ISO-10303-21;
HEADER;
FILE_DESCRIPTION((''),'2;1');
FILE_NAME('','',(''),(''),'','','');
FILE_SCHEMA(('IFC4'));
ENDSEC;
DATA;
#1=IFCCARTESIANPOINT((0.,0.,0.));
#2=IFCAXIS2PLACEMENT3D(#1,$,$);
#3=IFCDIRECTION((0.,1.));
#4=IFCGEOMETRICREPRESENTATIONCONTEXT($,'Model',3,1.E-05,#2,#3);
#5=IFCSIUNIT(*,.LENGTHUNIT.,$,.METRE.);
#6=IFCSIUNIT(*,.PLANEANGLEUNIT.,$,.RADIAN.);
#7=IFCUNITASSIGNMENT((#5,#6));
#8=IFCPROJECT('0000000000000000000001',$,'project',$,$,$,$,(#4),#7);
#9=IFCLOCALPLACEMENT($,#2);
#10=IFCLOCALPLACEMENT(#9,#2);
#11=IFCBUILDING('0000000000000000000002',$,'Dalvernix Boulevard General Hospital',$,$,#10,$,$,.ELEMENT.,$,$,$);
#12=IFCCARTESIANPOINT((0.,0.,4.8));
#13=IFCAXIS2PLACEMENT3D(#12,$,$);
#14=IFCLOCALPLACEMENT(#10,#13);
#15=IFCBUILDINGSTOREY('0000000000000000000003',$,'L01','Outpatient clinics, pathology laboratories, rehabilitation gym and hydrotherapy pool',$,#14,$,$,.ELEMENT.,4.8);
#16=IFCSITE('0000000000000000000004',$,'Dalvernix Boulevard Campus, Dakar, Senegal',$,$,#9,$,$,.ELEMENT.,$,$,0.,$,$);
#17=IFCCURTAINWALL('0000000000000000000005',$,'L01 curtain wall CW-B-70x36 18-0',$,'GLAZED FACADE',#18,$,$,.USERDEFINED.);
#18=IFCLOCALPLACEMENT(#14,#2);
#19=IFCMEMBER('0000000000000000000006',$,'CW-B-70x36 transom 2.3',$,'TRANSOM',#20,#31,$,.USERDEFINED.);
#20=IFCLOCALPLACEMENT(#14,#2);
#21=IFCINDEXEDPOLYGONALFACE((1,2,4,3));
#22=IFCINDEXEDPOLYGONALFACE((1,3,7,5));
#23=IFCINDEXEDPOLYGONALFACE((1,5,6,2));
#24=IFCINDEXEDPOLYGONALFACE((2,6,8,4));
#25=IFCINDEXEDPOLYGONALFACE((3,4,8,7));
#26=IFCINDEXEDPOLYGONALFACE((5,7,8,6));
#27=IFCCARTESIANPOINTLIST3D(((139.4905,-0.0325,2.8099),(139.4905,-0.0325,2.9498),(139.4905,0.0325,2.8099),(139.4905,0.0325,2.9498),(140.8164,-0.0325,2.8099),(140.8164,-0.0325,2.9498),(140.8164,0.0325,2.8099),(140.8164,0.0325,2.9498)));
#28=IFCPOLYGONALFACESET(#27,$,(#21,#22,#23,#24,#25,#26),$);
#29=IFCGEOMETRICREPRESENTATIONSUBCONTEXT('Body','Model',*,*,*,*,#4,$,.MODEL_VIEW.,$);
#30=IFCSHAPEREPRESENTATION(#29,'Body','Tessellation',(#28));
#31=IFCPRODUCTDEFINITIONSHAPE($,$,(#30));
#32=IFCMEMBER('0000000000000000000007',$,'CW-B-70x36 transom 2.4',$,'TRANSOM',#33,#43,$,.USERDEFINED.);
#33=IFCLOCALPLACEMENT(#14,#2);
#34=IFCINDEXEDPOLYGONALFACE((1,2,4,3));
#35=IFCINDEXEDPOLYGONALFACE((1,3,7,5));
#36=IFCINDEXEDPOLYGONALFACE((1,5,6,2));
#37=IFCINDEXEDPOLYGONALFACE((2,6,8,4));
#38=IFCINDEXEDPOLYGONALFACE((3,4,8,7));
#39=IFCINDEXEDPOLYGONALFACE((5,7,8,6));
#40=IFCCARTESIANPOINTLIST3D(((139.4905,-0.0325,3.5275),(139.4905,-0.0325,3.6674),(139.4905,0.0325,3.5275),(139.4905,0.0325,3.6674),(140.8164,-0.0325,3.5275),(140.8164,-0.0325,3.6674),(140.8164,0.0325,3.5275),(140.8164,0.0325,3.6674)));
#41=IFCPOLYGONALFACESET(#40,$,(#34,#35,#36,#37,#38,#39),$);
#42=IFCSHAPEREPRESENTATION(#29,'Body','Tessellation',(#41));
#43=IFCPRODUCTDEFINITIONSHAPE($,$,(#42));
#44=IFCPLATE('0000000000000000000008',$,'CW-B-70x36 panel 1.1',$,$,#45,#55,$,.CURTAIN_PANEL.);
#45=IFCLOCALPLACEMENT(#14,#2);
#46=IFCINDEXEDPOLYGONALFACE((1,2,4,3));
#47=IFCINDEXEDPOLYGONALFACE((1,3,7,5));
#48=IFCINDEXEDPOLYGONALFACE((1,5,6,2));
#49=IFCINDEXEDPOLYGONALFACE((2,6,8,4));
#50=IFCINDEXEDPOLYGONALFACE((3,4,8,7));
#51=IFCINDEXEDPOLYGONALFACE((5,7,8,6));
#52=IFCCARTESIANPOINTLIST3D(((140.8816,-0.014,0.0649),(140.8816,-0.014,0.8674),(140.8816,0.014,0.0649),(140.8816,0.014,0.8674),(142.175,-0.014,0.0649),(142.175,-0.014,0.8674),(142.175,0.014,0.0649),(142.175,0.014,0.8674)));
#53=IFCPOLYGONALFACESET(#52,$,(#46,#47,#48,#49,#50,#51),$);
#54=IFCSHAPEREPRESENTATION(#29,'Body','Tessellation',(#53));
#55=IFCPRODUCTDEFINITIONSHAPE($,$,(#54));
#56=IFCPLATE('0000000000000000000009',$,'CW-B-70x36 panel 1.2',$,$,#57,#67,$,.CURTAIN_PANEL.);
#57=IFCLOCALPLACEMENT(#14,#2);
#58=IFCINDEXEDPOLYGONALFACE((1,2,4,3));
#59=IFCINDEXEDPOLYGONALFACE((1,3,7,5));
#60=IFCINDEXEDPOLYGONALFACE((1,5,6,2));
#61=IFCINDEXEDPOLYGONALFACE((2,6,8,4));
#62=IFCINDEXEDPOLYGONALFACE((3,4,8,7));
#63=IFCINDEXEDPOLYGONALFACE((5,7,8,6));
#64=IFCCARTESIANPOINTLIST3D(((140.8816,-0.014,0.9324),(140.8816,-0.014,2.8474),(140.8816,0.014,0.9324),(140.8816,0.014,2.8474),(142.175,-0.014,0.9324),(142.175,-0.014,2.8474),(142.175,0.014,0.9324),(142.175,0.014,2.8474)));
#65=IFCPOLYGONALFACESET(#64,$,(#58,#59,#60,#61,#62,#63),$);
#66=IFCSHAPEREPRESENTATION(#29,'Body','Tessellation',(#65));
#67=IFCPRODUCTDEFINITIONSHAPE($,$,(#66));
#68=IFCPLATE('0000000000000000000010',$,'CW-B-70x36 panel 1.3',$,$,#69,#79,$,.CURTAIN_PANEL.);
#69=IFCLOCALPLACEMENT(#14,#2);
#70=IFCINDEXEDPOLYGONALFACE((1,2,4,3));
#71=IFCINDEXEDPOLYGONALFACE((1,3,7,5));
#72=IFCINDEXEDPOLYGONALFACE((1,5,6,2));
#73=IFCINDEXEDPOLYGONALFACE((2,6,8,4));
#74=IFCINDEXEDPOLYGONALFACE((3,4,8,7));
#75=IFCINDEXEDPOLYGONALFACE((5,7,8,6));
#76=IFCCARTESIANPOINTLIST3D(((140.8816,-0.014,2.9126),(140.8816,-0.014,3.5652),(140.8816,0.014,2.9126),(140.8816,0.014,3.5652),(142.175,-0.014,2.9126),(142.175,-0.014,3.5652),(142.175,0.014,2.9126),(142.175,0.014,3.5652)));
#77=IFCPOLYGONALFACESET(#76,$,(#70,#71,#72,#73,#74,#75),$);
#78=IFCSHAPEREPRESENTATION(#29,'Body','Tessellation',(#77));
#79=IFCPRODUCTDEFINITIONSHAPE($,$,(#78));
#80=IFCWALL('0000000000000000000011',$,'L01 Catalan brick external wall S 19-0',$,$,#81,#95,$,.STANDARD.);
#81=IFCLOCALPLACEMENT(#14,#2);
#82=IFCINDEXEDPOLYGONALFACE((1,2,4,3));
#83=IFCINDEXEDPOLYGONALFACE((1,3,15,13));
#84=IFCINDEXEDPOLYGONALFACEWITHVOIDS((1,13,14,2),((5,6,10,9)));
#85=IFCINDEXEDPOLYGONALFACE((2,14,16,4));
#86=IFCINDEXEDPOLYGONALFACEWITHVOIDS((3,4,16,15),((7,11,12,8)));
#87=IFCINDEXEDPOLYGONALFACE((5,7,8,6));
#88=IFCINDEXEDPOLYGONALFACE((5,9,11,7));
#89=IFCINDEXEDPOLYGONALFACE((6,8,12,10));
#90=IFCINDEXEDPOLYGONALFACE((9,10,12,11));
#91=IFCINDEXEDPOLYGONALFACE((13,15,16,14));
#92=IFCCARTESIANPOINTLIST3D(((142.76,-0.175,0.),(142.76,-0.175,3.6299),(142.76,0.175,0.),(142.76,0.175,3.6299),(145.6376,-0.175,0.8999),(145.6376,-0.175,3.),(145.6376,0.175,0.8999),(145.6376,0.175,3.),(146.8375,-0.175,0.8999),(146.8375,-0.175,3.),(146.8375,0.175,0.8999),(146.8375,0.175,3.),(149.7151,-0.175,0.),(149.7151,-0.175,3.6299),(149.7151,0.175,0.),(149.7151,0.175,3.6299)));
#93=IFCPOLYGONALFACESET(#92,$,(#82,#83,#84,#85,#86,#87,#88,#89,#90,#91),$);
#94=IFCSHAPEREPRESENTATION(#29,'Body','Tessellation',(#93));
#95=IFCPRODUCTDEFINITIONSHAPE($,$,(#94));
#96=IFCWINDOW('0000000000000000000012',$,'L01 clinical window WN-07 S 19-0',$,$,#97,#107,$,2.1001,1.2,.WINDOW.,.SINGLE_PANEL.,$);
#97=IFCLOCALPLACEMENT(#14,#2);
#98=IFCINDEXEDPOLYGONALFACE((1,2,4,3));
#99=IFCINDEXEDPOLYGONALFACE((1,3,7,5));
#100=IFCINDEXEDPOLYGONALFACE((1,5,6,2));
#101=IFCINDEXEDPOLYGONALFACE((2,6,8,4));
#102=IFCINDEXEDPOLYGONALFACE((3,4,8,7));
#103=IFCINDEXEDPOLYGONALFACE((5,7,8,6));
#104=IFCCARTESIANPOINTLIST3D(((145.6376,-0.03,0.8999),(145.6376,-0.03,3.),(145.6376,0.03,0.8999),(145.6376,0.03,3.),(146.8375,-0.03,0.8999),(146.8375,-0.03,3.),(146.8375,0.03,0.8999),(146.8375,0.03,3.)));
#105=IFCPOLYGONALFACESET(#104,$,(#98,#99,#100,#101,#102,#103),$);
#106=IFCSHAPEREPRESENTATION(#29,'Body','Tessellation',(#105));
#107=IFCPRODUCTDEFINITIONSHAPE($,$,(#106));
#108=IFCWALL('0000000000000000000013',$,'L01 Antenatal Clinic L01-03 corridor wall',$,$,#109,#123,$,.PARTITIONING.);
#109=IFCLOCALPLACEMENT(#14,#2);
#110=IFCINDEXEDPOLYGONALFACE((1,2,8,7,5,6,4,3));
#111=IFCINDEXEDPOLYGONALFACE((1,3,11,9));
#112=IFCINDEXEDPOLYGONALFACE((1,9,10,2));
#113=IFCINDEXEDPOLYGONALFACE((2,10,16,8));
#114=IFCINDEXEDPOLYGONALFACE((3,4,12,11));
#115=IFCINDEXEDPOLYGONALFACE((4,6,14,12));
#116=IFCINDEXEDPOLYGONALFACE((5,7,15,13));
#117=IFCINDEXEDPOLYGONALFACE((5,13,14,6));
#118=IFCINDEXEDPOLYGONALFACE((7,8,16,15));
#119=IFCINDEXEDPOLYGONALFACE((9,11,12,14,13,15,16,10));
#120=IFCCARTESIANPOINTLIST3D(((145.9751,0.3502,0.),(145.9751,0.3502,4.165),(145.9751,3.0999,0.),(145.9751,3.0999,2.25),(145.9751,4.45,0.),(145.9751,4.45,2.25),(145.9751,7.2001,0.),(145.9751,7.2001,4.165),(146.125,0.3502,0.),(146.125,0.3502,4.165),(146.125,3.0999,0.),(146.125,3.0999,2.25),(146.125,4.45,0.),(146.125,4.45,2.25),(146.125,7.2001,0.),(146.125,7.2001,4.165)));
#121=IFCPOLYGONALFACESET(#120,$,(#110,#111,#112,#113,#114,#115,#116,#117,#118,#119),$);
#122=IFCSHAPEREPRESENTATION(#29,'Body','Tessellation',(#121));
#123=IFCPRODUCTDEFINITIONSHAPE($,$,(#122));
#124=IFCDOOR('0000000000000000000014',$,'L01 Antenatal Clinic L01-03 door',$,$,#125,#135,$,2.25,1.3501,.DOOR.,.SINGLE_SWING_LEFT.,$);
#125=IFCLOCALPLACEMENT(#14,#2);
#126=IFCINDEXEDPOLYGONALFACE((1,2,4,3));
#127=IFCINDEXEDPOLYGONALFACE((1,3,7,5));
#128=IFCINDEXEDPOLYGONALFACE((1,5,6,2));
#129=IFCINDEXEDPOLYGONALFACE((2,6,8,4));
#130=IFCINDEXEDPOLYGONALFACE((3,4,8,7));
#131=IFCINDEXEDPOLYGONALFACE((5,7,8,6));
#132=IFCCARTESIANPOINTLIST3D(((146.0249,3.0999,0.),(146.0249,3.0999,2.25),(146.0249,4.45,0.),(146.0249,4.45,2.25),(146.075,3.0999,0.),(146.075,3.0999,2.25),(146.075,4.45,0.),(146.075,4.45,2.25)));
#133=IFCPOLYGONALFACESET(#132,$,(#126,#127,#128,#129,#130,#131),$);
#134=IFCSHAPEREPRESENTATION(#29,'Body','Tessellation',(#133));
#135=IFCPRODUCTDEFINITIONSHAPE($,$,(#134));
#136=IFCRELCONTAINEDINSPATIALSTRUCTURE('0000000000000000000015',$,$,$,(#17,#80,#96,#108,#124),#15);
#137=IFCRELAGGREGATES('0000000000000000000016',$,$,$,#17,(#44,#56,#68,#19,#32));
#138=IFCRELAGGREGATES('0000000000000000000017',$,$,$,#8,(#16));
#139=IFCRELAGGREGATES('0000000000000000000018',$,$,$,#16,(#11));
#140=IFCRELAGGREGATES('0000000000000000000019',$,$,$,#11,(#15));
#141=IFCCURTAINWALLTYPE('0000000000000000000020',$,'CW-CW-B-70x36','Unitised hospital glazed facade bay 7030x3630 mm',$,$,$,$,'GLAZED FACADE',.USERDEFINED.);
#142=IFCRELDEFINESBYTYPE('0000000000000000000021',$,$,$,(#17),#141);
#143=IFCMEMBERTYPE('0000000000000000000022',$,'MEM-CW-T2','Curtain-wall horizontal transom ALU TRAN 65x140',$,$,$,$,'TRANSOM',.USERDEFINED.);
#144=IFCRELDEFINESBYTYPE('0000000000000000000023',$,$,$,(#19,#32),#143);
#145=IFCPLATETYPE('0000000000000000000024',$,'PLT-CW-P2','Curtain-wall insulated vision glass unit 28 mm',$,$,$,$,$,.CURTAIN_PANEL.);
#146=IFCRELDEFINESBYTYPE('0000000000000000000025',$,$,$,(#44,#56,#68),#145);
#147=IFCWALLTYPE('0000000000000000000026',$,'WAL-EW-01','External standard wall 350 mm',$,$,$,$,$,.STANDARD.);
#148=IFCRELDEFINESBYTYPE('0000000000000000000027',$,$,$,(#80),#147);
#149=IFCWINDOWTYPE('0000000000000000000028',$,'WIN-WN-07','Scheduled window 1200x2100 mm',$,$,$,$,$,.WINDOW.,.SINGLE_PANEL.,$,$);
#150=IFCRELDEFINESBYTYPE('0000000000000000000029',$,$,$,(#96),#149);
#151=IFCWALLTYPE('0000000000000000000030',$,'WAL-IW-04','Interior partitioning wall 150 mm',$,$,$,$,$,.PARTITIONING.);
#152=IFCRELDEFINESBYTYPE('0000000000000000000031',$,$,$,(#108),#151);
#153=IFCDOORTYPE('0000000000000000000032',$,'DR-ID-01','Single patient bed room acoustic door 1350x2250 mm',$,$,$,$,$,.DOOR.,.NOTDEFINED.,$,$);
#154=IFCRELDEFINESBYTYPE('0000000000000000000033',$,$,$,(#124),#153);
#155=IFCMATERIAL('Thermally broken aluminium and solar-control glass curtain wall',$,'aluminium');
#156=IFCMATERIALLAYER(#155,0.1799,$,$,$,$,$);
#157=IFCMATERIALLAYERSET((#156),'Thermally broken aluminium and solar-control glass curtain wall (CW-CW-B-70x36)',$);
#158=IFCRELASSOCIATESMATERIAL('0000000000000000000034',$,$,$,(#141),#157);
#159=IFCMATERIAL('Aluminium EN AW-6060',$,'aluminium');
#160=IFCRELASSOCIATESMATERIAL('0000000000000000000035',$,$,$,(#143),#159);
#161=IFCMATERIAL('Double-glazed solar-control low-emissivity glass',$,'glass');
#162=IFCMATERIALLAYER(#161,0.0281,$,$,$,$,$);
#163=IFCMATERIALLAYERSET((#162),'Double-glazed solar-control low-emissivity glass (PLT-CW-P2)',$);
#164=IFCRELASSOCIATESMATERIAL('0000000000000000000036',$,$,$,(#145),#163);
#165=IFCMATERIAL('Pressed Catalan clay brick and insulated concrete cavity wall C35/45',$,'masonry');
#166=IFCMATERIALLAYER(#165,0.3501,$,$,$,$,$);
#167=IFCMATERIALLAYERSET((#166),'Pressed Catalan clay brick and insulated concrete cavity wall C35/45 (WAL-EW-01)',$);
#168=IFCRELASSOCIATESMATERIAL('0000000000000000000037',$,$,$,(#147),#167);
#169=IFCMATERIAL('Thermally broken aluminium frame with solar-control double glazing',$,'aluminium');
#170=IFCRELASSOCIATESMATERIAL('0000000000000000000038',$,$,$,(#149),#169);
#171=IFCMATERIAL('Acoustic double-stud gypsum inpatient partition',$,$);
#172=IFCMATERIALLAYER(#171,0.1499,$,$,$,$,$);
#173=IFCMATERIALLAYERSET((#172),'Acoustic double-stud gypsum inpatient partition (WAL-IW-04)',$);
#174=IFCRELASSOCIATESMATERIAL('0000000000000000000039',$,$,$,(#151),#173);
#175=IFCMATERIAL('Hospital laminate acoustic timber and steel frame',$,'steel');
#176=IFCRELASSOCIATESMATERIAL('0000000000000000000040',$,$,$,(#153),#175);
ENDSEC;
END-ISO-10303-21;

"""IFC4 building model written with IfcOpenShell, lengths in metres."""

from ifc_helpers import new_model, si_unit, direction, frame, frame_2d, origin, origin_2d, place, context, subcontext, project, spatial, rectangle, extrude, material, layer, layer_set, material_profile, profile_set, type_object, element, fill, aggregate, save


model = new_model("IFC4")

# Units and contexts
model_context = context("Model", 3, precision=1e-05, world=origin(), true_north=direction((0.0, 1.0)))
body_context = subcontext(model_context, "Body", "Model", "MODEL_VIEW")
ifc_project = project(units=[si_unit("LENGTHUNIT", "METRE"), si_unit("PLANEANGLEUNIT", "RADIAN")], contexts=[model_context])

# Site, building, storey
site_placement = place(None, origin())
site = spatial("IfcSite", under=ifc_project, at=site_placement, Name="Dalvernix Boulevard Campus, Dakar, Senegal", CompositionType="ELEMENT", RefElevation=0.0)
building_placement = place(site_placement, origin())
building = spatial("IfcBuilding", under=site, at=building_placement, Name="Dalvernix Boulevard General Hospital", CompositionType="ELEMENT")
storey_placement = place(building_placement, frame((0.0, 0.0, 4.8)))
storey = spatial("IfcBuildingStorey", under=building, at=storey_placement, Name="L01", Description="Outpatient clinics, pathology laboratories, rehabilitation gym and hydrotherapy pool", CompositionType="ELEMENT", Elevation=4.8)

# Curtain wall, members, plates
ifc_material_1 = material(Name="Thermally broken aluminium and solar-control glass curtain wall", Category="aluminium")
ifc_layer_1 = layer(ifc_material_1, 0.1799)
ifc_layer_set_1 = layer_set([ifc_layer_1], Name="Thermally broken aluminium and solar-control glass curtain wall (CW-CW-B-70x36)")
curtain_wall_type = type_object("IfcCurtainWallType", Name="CW-CW-B-70x36", Description="Unitised hospital glazed facade bay 7030x3630 mm", ElementType="GLAZED FACADE", PredefinedType="USERDEFINED", material=ifc_layer_set_1)
curtain_wall_placement = place(storey_placement, origin())
curtain_wall = element("IfcCurtainWall", 1, at=curtain_wall_placement, inside=storey, type_object=curtain_wall_type, Name="L01 curtain wall CW-B-70x36 18-0", ObjectType="GLAZED FACADE", PredefinedType="USERDEFINED")
ifc_material_2 = material(Name="Aluminium EN AW-6060", Category="aluminium")
ifc_material_profile_1 = material_profile(ifc_material_2, rectangle(XDim=0.0649, YDim=0.1399, at=origin_2d()), Name="ALU TRAN 65x140")
ifc_profile_set_1 = profile_set([ifc_material_profile_1], Name="Aluminium EN AW-6060")
member_type_1 = type_object("IfcMemberType", Name="MEM-CW-T2", Description="Curtain-wall horizontal transom ALU TRAN 65x140", ElementType="TRANSOM", PredefinedType="USERDEFINED", material=ifc_profile_set_1)
member_1_placement = place(storey_placement, frame((140.8164, 0.0, 2.8799), z_axis=(-1.0, 0.0, 0.0), x_axis=(0.0, -1.0, 0.0)))
member_1 = element("IfcMember", 2, at=member_1_placement, type_object=member_type_1, Name="CW-B-70x36 transom 2.3", ObjectType="TRANSOM", PredefinedType="USERDEFINED", context=body_context, shape_type="SweptSolid", body=[
    extrude(rectangle(XDim=0.0649, YDim=0.1399, at=origin_2d()), origin(), (0.0, 0.0, 1.0), 1.3259),
])
member_2_placement = place(storey_placement, frame((140.8164, 0.0, 3.5974), z_axis=(-1.0, 0.0, 0.0), x_axis=(0.0, -1.0, 0.0)))
member_2 = element("IfcMember", 3, at=member_2_placement, type_object=member_type_1, Name="CW-B-70x36 transom 2.4", ObjectType="TRANSOM", PredefinedType="USERDEFINED", context=body_context, shape_type="SweptSolid", body=[
    extrude(rectangle(XDim=0.0649, YDim=0.1399, at=origin_2d()), origin(), (0.0, 0.0, 1.0), 1.3259),
])
ifc_material_3 = material(Name="Double-glazed solar-control low-emissivity glass", Category="glass")
ifc_layer_2 = layer(ifc_material_3, 0.0281)
ifc_layer_set_2 = layer_set([ifc_layer_2], Name="Double-glazed solar-control low-emissivity glass (PLT-CW-P2)")
plate_type = type_object("IfcPlateType", Name="PLT-CW-P2", Description="Curtain-wall insulated vision glass unit 28 mm", PredefinedType="CURTAIN_PANEL", material=ifc_layer_set_2)
plate_1_placement = place(storey_placement, frame((141.5283, 0.0, 0.0649), z_axis=(0.0, 0.0, 1.0), x_axis=(-1.0, 0.0, 0.0)))
plate_1 = element("IfcPlate", 4, at=plate_1_placement, type_object=plate_type, Name="CW-B-70x36 panel 1.1", PredefinedType="CURTAIN_PANEL", context=body_context, shape_type="SweptSolid", body=[
    extrude(rectangle(XDim=1.2935, YDim=0.0281, at=origin_2d()), origin(), (0.0, 0.0, 1.0), 0.8025),
])
plate_2_placement = place(storey_placement, frame((141.5283, 0.0, 0.9324), z_axis=(0.0, 0.0, 1.0), x_axis=(-1.0, 0.0, 0.0)))
plate_2 = element("IfcPlate", 5, at=plate_2_placement, type_object=plate_type, Name="CW-B-70x36 panel 1.2", PredefinedType="CURTAIN_PANEL", context=body_context, shape_type="SweptSolid", body=[
    extrude(rectangle(XDim=1.2935, YDim=0.0281, at=origin_2d()), origin(), (0.0, 0.0, 1.0), 1.915),
])
plate_3_placement = place(storey_placement, frame((141.5283, 0.0, 2.9126), z_axis=(0.0, 0.0, 1.0), x_axis=(-1.0, 0.0, 0.0)))
plate_3 = element("IfcPlate", 6, at=plate_3_placement, type_object=plate_type, Name="CW-B-70x36 panel 1.3", PredefinedType="CURTAIN_PANEL", context=body_context, shape_type="SweptSolid", body=[
    extrude(rectangle(XDim=1.2935, YDim=0.0281, at=origin_2d()), origin(), (0.0, 0.0, 1.0), 0.6526),
])
aggregate(curtain_wall, [plate_1, plate_2, plate_3, member_1, member_2])

# Wall, opening, window
ifc_material_4 = material(Name="Pressed Catalan clay brick and insulated concrete cavity wall C35/45", Category="masonry")
ifc_layer_3 = layer(ifc_material_4, 0.3501)
ifc_layer_set_3 = layer_set([ifc_layer_3], Name="Pressed Catalan clay brick and insulated concrete cavity wall C35/45 (WAL-EW-01)")
wall_type_1 = type_object("IfcWallType", Name="WAL-EW-01", Description="External standard wall 350 mm", PredefinedType="STANDARD", material=ifc_layer_set_3)
wall_1_placement = place(storey_placement, frame((149.7151, 0.0, 0.0), z_axis=(0.0, 0.0, 1.0), x_axis=(-1.0, 0.0, 0.0)))
wall_1 = element("IfcWall", 7, at=wall_1_placement, inside=storey, type_object=wall_type_1, Name="L01 Catalan brick external wall S 19-0", PredefinedType="STANDARD", context=body_context, shape_type="SweptSolid", body=[
    extrude(rectangle(XDim=6.9551, YDim=0.3501, at=frame_2d((3.4775, 0.0))), origin(), (0.0, 0.0, 1.0), 3.6299),
])
opening_1_placement = place(wall_1_placement, frame((2.8774, 0.0, 0.8999)))
opening_1 = element("IfcOpeningElement", 8, at=opening_1_placement, cuts=wall_1, PredefinedType="OPENING", context=body_context, shape_type="SweptSolid", body=[
    extrude(rectangle(XDim=1.2, YDim=2.1001, at=frame_2d((0.6001, 1.05))), frame((0.0, 0.1851, 0.0), z_axis=(0.0, -1.0, 0.0), x_axis=(1.0, 0.0, 0.0)), (0.0, 0.0, 1.0), 0.3701),
])
ifc_material_5 = material(Name="Thermally broken aluminium frame with solar-control double glazing", Category="aluminium")
window_type = type_object("IfcWindowType", Name="WIN-WN-07", Description="Scheduled window 1200x2100 mm", PartitioningType="SINGLE_PANEL", PredefinedType="WINDOW", material=ifc_material_5)
window_placement = place(opening_1_placement, origin())
window = element("IfcWindow", 9, at=window_placement, inside=storey, type_object=window_type, Name="L01 clinical window WN-07 S 19-0", OverallHeight=2.1001, OverallWidth=1.2, PartitioningType="SINGLE_PANEL", PredefinedType="WINDOW", context=body_context, shape_type="SweptSolid", body=[
    extrude(rectangle(XDim=1.2, YDim=2.1001, at=frame_2d((0.6001, 1.05))), frame((0.0, 0.03, 0.0), z_axis=(0.0, -1.0, 0.0), x_axis=(1.0, 0.0, 0.0)), (0.0, 0.0, 1.0), 0.0601),
])
fill(opening_1, window)

# Wall, opening, door
ifc_material_6 = material(Name="Acoustic double-stud gypsum inpatient partition")
ifc_layer_4 = layer(ifc_material_6, 0.1499)
ifc_layer_set_4 = layer_set([ifc_layer_4], Name="Acoustic double-stud gypsum inpatient partition (WAL-IW-04)")
wall_type_2 = type_object("IfcWallType", Name="WAL-IW-04", Description="Interior partitioning wall 150 mm", PredefinedType="PARTITIONING", material=ifc_layer_set_4)
wall_2_placement = place(storey_placement, frame((146.05, 7.2, 0.0), z_axis=(0.0, 0.0, 1.0), x_axis=(0.0, -1.0, 0.0)))
wall_2 = element("IfcWall", 10, at=wall_2_placement, inside=storey, type_object=wall_type_2, Name="L01 Antenatal Clinic L01-03 corridor wall", PredefinedType="PARTITIONING", context=body_context, shape_type="SweptSolid", body=[
    extrude(rectangle(XDim=6.8499, YDim=0.1499, at=frame_2d((3.4248, 0.0))), origin(), (0.0, 0.0, 1.0), 4.165),
])
opening_2_placement = place(wall_2_placement, frame((2.75, 0.0, 0.0)))
opening_2 = element("IfcOpeningElement", 11, at=opening_2_placement, cuts=wall_2, PredefinedType="OPENING", context=body_context, shape_type="SweptSolid", body=[
    extrude(rectangle(XDim=1.3501, YDim=2.25, at=frame_2d((0.675, 1.125))), frame((0.0, 0.085, 0.0), z_axis=(0.0, -1.0, 0.0), x_axis=(1.0, 0.0, 0.0)), (0.0, 0.0, 1.0), 0.1699),
])
ifc_material_7 = material(Name="Hospital laminate acoustic timber and steel frame", Category="steel")
door_type = type_object("IfcDoorType", Name="DR-ID-01", Description="Single patient bed room acoustic door 1350x2250 mm", OperationType="NOTDEFINED", PredefinedType="DOOR", material=ifc_material_7)
door_placement = place(opening_2_placement, origin())
door = element("IfcDoor", 12, at=door_placement, inside=storey, type_object=door_type, Name="L01 Antenatal Clinic L01-03 door", OperationType="SINGLE_SWING_LEFT", OverallHeight=2.25, OverallWidth=1.3501, PredefinedType="DOOR", context=body_context, shape_type="SweptSolid", body=[
    extrude(rectangle(XDim=1.3501, YDim=2.25, at=frame_2d((0.675, 1.125))), frame((0.0, 0.0249, 0.0), z_axis=(0.0, -1.0, 0.0), x_axis=(1.0, 0.0, 0.0)), (0.0, 0.0, 1.0), 0.05),
])
fill(opening_2, door)

save(model, "model.ifc")
